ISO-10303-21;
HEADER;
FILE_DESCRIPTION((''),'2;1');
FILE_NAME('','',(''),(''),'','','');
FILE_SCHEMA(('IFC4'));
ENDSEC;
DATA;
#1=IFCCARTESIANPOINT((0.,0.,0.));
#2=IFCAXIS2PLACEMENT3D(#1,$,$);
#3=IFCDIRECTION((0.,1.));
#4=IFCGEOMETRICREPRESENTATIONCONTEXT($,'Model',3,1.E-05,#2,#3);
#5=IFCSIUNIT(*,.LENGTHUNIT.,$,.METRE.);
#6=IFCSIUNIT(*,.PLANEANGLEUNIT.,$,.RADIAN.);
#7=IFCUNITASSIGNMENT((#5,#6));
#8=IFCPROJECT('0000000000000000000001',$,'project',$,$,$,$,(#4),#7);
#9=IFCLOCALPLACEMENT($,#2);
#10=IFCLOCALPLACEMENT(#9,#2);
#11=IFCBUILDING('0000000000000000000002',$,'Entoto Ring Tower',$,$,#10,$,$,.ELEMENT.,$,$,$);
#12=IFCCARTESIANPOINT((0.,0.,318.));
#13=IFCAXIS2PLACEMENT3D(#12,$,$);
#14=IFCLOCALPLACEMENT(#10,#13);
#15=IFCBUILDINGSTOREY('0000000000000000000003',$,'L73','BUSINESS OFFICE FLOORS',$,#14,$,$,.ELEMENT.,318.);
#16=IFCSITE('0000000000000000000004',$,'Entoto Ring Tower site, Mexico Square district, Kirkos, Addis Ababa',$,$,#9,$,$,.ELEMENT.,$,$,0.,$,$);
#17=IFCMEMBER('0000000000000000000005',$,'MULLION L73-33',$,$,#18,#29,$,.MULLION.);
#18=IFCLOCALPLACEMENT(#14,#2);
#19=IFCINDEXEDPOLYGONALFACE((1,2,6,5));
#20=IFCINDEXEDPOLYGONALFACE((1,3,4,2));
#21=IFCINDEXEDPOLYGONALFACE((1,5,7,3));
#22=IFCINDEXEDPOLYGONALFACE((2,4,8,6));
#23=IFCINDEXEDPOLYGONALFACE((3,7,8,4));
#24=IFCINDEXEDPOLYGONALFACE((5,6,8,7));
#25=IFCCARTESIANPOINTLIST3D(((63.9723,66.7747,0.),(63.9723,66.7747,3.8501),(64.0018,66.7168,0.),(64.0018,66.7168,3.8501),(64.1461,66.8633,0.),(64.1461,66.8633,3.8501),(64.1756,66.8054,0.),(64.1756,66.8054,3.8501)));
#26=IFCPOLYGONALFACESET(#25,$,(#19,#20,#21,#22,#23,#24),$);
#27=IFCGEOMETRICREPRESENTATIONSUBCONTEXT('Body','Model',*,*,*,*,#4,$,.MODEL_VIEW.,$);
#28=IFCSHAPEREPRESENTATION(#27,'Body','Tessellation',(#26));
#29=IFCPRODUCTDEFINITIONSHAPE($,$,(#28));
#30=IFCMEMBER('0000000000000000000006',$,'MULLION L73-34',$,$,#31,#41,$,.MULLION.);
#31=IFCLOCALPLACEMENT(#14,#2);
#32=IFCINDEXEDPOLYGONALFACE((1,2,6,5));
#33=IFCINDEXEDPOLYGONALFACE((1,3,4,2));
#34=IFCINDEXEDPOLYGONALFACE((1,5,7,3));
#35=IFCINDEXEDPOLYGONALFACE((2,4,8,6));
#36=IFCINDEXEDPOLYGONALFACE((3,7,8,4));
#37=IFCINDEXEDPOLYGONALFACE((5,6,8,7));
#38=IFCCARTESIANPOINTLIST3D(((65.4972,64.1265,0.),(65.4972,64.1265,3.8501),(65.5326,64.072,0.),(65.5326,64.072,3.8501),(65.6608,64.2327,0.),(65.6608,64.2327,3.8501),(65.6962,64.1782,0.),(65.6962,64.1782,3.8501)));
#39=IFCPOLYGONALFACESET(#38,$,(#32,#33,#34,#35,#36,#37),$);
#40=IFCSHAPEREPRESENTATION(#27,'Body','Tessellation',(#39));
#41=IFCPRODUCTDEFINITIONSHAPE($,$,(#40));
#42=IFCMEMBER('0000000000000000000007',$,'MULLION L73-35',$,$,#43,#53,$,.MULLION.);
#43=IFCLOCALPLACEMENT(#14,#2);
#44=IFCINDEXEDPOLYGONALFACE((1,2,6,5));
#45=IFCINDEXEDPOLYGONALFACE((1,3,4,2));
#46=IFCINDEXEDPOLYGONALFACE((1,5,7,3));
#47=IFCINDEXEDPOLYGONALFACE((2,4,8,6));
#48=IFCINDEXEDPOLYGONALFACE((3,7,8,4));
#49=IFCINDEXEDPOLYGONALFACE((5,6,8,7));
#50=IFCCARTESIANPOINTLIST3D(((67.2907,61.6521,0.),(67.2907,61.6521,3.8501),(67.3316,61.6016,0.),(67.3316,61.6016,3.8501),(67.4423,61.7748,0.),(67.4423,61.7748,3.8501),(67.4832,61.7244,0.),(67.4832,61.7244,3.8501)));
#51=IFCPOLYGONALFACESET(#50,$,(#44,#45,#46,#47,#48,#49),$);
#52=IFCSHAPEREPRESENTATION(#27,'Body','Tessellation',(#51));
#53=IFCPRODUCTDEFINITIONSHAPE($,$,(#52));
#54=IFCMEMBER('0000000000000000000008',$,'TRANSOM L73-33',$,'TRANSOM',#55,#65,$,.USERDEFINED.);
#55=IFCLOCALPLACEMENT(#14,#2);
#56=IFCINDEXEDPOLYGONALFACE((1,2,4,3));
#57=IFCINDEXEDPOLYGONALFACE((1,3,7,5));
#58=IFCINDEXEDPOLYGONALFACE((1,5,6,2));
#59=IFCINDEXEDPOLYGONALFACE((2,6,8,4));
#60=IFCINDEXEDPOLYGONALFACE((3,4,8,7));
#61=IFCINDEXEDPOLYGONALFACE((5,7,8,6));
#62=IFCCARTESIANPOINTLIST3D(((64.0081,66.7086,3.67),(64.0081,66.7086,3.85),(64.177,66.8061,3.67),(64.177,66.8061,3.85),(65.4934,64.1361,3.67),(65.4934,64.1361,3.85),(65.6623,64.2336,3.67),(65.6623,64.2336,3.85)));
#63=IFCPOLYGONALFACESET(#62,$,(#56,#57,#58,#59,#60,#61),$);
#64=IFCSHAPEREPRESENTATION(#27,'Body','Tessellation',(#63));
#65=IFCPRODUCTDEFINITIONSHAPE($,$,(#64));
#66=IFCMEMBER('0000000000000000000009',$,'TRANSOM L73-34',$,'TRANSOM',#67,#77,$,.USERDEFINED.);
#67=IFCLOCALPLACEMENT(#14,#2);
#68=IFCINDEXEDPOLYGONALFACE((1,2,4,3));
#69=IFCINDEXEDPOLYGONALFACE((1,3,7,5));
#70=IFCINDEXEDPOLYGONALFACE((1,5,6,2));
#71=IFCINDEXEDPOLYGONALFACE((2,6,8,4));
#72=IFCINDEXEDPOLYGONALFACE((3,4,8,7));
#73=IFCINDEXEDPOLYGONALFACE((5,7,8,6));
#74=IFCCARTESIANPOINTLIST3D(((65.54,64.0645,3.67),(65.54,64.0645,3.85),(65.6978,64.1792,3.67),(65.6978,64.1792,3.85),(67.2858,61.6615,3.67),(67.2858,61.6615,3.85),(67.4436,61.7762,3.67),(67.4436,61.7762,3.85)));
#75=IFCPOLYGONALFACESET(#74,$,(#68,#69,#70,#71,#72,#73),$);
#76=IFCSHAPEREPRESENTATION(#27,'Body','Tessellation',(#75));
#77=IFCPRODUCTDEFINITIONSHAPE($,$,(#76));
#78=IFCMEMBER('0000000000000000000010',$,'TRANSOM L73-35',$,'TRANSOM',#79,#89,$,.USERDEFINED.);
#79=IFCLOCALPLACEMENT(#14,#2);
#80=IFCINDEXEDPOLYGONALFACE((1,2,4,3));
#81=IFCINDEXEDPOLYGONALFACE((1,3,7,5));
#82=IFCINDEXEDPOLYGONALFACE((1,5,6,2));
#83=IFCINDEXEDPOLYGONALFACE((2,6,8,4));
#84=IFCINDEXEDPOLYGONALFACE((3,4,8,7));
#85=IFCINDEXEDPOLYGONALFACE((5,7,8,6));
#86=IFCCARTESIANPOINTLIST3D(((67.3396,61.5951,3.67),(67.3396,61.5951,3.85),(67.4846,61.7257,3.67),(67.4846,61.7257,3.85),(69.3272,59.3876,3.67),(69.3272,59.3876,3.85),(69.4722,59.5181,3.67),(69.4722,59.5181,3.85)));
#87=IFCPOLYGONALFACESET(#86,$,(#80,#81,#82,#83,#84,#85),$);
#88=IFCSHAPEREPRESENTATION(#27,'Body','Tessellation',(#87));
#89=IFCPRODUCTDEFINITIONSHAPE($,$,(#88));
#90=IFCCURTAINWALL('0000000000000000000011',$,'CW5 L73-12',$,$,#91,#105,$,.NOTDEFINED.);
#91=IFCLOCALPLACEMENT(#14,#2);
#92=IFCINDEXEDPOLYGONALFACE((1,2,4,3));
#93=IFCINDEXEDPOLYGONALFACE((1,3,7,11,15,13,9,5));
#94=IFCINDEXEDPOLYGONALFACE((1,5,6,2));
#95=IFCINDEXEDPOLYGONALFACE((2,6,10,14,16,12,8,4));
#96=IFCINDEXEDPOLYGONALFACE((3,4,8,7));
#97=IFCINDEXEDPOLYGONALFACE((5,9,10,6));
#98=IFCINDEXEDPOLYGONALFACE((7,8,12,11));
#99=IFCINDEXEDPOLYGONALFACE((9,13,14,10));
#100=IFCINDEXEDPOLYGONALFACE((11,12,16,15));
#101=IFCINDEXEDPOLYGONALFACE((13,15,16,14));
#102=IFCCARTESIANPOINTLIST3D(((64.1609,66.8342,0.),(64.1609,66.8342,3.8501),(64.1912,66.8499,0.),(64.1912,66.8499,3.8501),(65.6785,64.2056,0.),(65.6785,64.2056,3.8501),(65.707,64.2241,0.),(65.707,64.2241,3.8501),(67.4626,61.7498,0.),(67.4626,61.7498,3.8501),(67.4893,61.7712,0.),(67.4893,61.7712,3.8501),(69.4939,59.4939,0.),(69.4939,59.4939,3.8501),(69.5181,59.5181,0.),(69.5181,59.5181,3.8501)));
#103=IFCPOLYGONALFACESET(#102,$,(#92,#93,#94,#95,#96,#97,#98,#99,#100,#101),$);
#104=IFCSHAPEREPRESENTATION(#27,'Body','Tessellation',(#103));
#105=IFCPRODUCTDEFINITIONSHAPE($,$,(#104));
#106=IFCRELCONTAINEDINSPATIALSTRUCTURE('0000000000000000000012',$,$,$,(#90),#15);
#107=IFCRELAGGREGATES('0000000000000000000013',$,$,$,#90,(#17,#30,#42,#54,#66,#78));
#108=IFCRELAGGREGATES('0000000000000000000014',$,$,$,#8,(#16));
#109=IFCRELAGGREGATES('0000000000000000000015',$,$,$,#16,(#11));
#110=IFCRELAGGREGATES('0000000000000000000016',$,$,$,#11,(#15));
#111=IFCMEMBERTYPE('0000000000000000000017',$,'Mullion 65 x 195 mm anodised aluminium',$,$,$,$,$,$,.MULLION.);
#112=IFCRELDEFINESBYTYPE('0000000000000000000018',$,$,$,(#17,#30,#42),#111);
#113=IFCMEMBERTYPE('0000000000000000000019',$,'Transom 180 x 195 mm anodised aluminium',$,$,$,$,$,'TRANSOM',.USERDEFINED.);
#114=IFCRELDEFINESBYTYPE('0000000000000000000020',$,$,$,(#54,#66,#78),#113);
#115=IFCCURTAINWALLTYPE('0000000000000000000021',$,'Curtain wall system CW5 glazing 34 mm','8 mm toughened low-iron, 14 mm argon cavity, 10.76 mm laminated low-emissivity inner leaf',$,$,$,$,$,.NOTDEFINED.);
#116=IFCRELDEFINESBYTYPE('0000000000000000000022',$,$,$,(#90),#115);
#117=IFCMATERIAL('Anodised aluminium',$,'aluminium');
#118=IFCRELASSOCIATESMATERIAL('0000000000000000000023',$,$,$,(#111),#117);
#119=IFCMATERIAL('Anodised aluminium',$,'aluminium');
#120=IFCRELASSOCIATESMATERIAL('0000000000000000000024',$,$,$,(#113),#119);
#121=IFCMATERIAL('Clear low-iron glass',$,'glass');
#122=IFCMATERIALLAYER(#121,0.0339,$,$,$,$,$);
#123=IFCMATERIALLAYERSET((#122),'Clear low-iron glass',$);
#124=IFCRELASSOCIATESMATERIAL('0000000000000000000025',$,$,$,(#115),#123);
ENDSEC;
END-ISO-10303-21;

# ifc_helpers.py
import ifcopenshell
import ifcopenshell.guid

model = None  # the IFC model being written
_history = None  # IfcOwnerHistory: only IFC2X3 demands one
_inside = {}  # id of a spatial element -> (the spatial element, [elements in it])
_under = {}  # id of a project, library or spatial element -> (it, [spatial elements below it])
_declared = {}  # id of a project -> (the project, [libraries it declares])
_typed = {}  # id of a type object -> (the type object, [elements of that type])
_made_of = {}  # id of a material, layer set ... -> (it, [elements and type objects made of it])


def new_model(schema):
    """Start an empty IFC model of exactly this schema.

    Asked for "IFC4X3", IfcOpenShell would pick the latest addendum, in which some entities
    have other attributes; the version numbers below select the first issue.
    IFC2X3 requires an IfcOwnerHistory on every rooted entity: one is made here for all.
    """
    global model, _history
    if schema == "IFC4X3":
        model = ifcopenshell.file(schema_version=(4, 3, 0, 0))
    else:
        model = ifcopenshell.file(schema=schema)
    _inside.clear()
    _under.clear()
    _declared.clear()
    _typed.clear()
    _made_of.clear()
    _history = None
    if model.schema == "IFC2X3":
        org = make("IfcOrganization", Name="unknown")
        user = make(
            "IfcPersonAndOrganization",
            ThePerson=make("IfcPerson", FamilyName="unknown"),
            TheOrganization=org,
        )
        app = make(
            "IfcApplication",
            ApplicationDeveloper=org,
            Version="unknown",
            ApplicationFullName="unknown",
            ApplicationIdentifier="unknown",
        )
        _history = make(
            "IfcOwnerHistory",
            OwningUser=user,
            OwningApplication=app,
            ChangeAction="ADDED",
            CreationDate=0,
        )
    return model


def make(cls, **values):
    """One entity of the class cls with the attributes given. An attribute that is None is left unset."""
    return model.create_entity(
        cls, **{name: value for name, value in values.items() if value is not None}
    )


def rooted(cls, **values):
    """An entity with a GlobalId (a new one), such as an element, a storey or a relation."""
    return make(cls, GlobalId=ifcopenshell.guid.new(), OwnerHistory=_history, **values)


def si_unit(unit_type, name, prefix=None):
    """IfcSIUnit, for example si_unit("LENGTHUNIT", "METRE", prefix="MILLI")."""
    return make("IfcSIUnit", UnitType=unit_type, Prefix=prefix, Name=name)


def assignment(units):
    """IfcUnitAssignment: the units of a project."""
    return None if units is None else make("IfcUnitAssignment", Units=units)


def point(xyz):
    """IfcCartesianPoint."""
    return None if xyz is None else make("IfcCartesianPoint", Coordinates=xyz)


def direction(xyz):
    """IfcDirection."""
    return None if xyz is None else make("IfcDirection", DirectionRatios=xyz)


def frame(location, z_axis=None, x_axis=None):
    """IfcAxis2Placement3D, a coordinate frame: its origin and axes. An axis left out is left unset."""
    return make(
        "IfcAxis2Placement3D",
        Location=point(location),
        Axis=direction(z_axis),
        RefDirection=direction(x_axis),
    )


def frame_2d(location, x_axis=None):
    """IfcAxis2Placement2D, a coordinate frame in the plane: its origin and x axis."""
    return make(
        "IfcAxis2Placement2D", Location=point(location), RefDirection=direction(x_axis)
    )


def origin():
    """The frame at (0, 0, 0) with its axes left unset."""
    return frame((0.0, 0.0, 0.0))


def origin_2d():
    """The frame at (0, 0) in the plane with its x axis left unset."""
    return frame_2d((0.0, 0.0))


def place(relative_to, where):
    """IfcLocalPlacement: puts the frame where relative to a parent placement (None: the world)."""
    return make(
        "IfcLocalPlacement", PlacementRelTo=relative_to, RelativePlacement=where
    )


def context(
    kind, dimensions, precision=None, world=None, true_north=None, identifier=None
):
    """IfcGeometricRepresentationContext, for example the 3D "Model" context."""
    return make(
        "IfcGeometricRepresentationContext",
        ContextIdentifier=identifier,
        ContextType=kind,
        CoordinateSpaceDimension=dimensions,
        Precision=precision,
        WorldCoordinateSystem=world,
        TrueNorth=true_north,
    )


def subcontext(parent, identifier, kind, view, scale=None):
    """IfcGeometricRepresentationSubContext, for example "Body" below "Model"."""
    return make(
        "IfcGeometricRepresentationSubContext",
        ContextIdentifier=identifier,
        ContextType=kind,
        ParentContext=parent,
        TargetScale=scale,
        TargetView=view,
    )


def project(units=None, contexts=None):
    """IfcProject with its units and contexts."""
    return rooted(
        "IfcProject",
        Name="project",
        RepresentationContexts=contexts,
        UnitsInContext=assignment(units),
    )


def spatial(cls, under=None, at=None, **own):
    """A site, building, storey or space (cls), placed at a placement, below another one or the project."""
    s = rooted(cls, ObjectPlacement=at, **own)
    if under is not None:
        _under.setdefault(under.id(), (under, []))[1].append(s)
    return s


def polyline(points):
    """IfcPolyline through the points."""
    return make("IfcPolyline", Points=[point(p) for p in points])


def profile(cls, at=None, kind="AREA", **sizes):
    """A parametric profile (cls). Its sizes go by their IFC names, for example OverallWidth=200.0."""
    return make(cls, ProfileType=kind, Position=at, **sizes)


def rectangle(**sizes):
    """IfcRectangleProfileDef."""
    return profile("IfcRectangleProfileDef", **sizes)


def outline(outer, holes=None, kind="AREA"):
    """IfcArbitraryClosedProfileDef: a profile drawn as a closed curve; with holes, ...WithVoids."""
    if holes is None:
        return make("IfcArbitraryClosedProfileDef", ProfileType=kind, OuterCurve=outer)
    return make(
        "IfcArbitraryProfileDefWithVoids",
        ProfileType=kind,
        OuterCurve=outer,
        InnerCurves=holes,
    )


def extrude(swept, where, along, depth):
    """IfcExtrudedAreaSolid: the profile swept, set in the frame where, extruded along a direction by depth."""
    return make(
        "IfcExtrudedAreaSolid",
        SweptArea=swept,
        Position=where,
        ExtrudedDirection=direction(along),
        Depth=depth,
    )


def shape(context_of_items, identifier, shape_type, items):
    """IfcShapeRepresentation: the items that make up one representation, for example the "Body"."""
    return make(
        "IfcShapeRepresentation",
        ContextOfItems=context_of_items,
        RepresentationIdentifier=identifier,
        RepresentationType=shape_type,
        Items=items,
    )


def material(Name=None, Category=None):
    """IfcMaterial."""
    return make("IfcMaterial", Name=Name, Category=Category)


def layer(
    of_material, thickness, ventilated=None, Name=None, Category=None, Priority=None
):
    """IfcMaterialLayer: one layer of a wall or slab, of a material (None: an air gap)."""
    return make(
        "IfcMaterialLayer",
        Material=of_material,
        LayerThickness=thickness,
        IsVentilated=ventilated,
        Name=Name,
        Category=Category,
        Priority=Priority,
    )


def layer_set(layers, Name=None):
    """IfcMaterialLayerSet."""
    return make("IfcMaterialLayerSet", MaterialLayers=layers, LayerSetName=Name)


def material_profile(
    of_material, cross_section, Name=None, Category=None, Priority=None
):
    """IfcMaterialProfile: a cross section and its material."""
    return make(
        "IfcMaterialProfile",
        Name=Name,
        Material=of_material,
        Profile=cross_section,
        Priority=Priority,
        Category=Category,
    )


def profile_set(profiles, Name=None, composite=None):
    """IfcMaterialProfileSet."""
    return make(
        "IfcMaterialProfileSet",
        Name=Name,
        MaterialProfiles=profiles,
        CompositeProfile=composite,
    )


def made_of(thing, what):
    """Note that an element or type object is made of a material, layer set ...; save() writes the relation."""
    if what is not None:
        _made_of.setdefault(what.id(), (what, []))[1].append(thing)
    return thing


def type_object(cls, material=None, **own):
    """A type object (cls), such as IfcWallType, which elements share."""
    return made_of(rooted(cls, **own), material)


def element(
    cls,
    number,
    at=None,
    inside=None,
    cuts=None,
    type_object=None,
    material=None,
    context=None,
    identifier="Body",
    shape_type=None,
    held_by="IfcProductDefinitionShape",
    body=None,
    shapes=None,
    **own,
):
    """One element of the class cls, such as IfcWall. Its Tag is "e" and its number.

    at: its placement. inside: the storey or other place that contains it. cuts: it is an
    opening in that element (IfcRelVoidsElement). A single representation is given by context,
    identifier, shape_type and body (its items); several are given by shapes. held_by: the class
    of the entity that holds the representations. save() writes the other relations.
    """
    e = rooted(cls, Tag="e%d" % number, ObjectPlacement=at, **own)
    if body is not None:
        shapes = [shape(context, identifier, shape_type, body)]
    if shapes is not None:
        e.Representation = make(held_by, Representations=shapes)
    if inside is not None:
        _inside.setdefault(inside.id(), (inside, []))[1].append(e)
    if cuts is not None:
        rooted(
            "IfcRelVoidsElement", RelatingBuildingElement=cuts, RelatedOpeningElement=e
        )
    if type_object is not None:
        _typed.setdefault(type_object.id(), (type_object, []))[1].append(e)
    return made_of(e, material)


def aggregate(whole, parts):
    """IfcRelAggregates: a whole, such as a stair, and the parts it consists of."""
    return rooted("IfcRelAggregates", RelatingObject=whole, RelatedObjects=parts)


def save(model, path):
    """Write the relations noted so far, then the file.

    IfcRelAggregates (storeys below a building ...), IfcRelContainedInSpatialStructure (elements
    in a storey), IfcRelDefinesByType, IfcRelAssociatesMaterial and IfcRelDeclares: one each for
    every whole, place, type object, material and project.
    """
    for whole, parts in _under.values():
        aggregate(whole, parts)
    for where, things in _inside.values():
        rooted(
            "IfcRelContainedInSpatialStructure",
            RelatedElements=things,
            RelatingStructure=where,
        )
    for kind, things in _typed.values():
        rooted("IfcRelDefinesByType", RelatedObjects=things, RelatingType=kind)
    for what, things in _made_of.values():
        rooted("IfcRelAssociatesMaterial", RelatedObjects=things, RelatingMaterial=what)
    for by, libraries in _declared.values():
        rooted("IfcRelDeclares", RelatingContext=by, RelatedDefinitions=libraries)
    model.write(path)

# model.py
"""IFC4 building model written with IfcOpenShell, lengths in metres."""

from ifc_helpers import new_model, si_unit, direction, frame, origin, origin_2d, place, context, subcontext, project, spatial, polyline, rectangle, outline, extrude, material, layer, layer_set, material_profile, profile_set, type_object, element, aggregate, save


model = new_model("IFC4")

# Units and contexts
model_context = context("Model", 3, precision=1e-05, world=origin(), true_north=direction((0.0, 1.0)))
body_context = subcontext(model_context, "Body", "Model", "MODEL_VIEW")
ifc_project = project(units=[si_unit("LENGTHUNIT", "METRE"), si_unit("PLANEANGLEUNIT", "RADIAN")], contexts=[model_context])

# Members
ifc_material_1 = material(Name="Anodised aluminium", Category="aluminium")
ifc_material_profile_1 = material_profile(ifc_material_1, rectangle(XDim=0.0649, YDim=0.1951, at=origin_2d()), Name="Mullion 65 x 195 mm anodised aluminium")
ifc_profile_set_1 = profile_set([ifc_material_profile_1], Name="Anodised aluminium")
member_type_1 = type_object("IfcMemberType", Name="Mullion 65 x 195 mm anodised aluminium", PredefinedType="MULLION", material=ifc_profile_set_1)
site_placement = place(None, origin())
building_placement = place(site_placement, origin())
storey_placement = place(building_placement, frame((0.0, 0.0, 318.0)))
member_1_placement = place(storey_placement, frame((64.074, 66.79, 0.0), z_axis=(0.0, 0.0, 1.0), x_axis=(0.45399, -0.891007, 0.0)))
member_1 = element("IfcMember", 1, at=member_1_placement, type_object=member_type_1, Name="MULLION L73-33", PredefinedType="MULLION", context=body_context, shape_type="SweptSolid", body=[
    extrude(rectangle(XDim=0.0649, YDim=0.1951, at=origin_2d()), origin(), (0.0, 0.0, 1.0), 3.8501),
])
member_2_placement = place(storey_placement, frame((65.5967, 64.1523, 0.0), z_axis=(0.0, 0.0, 1.0), x_axis=(0.544639, -0.838671, 0.0)))
member_2 = element("IfcMember", 2, at=member_2_placement, type_object=member_type_1, Name="MULLION L73-34", PredefinedType="MULLION", context=body_context, shape_type="SweptSolid", body=[
    extrude(rectangle(XDim=0.0649, YDim=0.1951, at=origin_2d()), origin(), (0.0, 0.0, 1.0), 3.8501),
])
member_3_placement = place(storey_placement, frame((67.387, 61.6882, 0.0), z_axis=(0.0, 0.0, 1.0), x_axis=(0.62932, -0.777146, 0.0)))
member_3 = element("IfcMember", 3, at=member_3_placement, type_object=member_type_1, Name="MULLION L73-35", PredefinedType="MULLION", context=body_context, shape_type="SweptSolid", body=[
    extrude(rectangle(XDim=0.0649, YDim=0.1951, at=origin_2d()), origin(), (0.0, 0.0, 1.0), 3.8501),
])
ifc_material_2 = material(Name="Anodised aluminium", Category="aluminium")
ifc_material_profile_2 = material_profile(ifc_material_2, rectangle(XDim=0.1951, YDim=0.1799, at=origin_2d()), Name="Transom 180 x 195 mm anodised aluminium")
ifc_profile_set_2 = profile_set([ifc_material_profile_2], Name="Anodised aluminium")
member_type_2 = type_object("IfcMemberType", Name="Transom 180 x 195 mm anodised aluminium", ElementType="TRANSOM", PredefinedType="USERDEFINED", material=ifc_profile_set_2)
member_4_placement = place(storey_placement, frame((64.0925, 66.7573, 3.76), z_axis=(0.500028, -0.866009, 0.0), x_axis=(0.866009, 0.500028, 0.0)))
member_4 = element("IfcMember", 4, at=member_4_placement, type_object=member_type_2, Name="TRANSOM L73-33", ObjectType="TRANSOM", PredefinedType="USERDEFINED", context=body_context, shape_type="SweptSolid", body=[
    extrude(rectangle(XDim=0.1951, YDim=0.1799, at=origin_2d()), origin(), (0.0, 0.0, 1.0), 2.9705),
])
member_5_placement = place(storey_placement, frame((65.6189, 64.1218, 3.76), z_axis=(0.587766, -0.809031, 0.0), x_axis=(0.809031, 0.587766, 0.0)))
member_5 = element("IfcMember", 5, at=member_5_placement, type_object=member_type_2, Name="TRANSOM L73-34", ObjectType="TRANSOM", PredefinedType="USERDEFINED", context=body_context, shape_type="SweptSolid", body=[
    extrude(rectangle(XDim=0.1951, YDim=0.1799, at=origin_2d()), origin(), (0.0, 0.0, 1.0), 2.9702),
])
member_6_placement = place(storey_placement, frame((67.4121, 61.6604, 3.76), z_axis=(0.66911, -0.743163, 0.0), x_axis=(0.743163, 0.66911, 0.0)))
member_6 = element("IfcMember", 6, at=member_6_placement, type_object=member_type_2, Name="TRANSOM L73-35", ObjectType="TRANSOM", PredefinedType="USERDEFINED", context=body_context, shape_type="SweptSolid", body=[
    extrude(rectangle(XDim=0.1951, YDim=0.1799, at=origin_2d()), origin(), (0.0, 0.0, 1.0), 2.9705),
])

# Site, building, storey
site = spatial("IfcSite", under=ifc_project, at=site_placement, Name="Entoto Ring Tower site, Mexico Square district, Kirkos, Addis Ababa", CompositionType="ELEMENT", RefElevation=0.0)
building = spatial("IfcBuilding", under=site, at=building_placement, Name="Entoto Ring Tower", CompositionType="ELEMENT")
storey = spatial("IfcBuildingStorey", under=building, at=storey_placement, Name="L73", Description="BUSINESS OFFICE FLOORS", CompositionType="ELEMENT", Elevation=318.0)

# Curtain wall
ifc_material_3 = material(Name="Clear low-iron glass", Category="glass")
ifc_layer = layer(ifc_material_3, 0.0339)
ifc_layer_set = layer_set([ifc_layer], Name="Clear low-iron glass")
curtain_wall_type = type_object("IfcCurtainWallType", Name="Curtain wall system CW5 glazing 34 mm", Description="8 mm toughened low-iron, 14 mm argon cavity, 10.76 mm laminated low-emissivity inner leaf", PredefinedType="NOTDEFINED", material=ifc_layer_set)
curtain_wall_1_placement = place(storey_placement, origin())
curtain_wall_1 = element("IfcCurtainWall", 7, at=curtain_wall_1_placement, inside=storey, type_object=curtain_wall_type, Name="CW5 L73-12", PredefinedType="NOTDEFINED", context=body_context, shape_type="SweptSolid", body=[
    extrude(outline(polyline([(64.1609, 66.8342), (65.6785, 64.2056), (67.4626, 61.7498), (69.4939, 59.4939), (69.5181, 59.5181), (67.4893, 61.7712), (65.707, 64.2241), (64.1912, 66.8499), (64.1609, 66.8342)])), origin(), (0.0, 0.0, 1.0), 3.8501),
])
aggregate(curtain_wall_1, [member_1, member_2, member_3, member_4, member_5, member_6])

save(model, "model.ifc")
